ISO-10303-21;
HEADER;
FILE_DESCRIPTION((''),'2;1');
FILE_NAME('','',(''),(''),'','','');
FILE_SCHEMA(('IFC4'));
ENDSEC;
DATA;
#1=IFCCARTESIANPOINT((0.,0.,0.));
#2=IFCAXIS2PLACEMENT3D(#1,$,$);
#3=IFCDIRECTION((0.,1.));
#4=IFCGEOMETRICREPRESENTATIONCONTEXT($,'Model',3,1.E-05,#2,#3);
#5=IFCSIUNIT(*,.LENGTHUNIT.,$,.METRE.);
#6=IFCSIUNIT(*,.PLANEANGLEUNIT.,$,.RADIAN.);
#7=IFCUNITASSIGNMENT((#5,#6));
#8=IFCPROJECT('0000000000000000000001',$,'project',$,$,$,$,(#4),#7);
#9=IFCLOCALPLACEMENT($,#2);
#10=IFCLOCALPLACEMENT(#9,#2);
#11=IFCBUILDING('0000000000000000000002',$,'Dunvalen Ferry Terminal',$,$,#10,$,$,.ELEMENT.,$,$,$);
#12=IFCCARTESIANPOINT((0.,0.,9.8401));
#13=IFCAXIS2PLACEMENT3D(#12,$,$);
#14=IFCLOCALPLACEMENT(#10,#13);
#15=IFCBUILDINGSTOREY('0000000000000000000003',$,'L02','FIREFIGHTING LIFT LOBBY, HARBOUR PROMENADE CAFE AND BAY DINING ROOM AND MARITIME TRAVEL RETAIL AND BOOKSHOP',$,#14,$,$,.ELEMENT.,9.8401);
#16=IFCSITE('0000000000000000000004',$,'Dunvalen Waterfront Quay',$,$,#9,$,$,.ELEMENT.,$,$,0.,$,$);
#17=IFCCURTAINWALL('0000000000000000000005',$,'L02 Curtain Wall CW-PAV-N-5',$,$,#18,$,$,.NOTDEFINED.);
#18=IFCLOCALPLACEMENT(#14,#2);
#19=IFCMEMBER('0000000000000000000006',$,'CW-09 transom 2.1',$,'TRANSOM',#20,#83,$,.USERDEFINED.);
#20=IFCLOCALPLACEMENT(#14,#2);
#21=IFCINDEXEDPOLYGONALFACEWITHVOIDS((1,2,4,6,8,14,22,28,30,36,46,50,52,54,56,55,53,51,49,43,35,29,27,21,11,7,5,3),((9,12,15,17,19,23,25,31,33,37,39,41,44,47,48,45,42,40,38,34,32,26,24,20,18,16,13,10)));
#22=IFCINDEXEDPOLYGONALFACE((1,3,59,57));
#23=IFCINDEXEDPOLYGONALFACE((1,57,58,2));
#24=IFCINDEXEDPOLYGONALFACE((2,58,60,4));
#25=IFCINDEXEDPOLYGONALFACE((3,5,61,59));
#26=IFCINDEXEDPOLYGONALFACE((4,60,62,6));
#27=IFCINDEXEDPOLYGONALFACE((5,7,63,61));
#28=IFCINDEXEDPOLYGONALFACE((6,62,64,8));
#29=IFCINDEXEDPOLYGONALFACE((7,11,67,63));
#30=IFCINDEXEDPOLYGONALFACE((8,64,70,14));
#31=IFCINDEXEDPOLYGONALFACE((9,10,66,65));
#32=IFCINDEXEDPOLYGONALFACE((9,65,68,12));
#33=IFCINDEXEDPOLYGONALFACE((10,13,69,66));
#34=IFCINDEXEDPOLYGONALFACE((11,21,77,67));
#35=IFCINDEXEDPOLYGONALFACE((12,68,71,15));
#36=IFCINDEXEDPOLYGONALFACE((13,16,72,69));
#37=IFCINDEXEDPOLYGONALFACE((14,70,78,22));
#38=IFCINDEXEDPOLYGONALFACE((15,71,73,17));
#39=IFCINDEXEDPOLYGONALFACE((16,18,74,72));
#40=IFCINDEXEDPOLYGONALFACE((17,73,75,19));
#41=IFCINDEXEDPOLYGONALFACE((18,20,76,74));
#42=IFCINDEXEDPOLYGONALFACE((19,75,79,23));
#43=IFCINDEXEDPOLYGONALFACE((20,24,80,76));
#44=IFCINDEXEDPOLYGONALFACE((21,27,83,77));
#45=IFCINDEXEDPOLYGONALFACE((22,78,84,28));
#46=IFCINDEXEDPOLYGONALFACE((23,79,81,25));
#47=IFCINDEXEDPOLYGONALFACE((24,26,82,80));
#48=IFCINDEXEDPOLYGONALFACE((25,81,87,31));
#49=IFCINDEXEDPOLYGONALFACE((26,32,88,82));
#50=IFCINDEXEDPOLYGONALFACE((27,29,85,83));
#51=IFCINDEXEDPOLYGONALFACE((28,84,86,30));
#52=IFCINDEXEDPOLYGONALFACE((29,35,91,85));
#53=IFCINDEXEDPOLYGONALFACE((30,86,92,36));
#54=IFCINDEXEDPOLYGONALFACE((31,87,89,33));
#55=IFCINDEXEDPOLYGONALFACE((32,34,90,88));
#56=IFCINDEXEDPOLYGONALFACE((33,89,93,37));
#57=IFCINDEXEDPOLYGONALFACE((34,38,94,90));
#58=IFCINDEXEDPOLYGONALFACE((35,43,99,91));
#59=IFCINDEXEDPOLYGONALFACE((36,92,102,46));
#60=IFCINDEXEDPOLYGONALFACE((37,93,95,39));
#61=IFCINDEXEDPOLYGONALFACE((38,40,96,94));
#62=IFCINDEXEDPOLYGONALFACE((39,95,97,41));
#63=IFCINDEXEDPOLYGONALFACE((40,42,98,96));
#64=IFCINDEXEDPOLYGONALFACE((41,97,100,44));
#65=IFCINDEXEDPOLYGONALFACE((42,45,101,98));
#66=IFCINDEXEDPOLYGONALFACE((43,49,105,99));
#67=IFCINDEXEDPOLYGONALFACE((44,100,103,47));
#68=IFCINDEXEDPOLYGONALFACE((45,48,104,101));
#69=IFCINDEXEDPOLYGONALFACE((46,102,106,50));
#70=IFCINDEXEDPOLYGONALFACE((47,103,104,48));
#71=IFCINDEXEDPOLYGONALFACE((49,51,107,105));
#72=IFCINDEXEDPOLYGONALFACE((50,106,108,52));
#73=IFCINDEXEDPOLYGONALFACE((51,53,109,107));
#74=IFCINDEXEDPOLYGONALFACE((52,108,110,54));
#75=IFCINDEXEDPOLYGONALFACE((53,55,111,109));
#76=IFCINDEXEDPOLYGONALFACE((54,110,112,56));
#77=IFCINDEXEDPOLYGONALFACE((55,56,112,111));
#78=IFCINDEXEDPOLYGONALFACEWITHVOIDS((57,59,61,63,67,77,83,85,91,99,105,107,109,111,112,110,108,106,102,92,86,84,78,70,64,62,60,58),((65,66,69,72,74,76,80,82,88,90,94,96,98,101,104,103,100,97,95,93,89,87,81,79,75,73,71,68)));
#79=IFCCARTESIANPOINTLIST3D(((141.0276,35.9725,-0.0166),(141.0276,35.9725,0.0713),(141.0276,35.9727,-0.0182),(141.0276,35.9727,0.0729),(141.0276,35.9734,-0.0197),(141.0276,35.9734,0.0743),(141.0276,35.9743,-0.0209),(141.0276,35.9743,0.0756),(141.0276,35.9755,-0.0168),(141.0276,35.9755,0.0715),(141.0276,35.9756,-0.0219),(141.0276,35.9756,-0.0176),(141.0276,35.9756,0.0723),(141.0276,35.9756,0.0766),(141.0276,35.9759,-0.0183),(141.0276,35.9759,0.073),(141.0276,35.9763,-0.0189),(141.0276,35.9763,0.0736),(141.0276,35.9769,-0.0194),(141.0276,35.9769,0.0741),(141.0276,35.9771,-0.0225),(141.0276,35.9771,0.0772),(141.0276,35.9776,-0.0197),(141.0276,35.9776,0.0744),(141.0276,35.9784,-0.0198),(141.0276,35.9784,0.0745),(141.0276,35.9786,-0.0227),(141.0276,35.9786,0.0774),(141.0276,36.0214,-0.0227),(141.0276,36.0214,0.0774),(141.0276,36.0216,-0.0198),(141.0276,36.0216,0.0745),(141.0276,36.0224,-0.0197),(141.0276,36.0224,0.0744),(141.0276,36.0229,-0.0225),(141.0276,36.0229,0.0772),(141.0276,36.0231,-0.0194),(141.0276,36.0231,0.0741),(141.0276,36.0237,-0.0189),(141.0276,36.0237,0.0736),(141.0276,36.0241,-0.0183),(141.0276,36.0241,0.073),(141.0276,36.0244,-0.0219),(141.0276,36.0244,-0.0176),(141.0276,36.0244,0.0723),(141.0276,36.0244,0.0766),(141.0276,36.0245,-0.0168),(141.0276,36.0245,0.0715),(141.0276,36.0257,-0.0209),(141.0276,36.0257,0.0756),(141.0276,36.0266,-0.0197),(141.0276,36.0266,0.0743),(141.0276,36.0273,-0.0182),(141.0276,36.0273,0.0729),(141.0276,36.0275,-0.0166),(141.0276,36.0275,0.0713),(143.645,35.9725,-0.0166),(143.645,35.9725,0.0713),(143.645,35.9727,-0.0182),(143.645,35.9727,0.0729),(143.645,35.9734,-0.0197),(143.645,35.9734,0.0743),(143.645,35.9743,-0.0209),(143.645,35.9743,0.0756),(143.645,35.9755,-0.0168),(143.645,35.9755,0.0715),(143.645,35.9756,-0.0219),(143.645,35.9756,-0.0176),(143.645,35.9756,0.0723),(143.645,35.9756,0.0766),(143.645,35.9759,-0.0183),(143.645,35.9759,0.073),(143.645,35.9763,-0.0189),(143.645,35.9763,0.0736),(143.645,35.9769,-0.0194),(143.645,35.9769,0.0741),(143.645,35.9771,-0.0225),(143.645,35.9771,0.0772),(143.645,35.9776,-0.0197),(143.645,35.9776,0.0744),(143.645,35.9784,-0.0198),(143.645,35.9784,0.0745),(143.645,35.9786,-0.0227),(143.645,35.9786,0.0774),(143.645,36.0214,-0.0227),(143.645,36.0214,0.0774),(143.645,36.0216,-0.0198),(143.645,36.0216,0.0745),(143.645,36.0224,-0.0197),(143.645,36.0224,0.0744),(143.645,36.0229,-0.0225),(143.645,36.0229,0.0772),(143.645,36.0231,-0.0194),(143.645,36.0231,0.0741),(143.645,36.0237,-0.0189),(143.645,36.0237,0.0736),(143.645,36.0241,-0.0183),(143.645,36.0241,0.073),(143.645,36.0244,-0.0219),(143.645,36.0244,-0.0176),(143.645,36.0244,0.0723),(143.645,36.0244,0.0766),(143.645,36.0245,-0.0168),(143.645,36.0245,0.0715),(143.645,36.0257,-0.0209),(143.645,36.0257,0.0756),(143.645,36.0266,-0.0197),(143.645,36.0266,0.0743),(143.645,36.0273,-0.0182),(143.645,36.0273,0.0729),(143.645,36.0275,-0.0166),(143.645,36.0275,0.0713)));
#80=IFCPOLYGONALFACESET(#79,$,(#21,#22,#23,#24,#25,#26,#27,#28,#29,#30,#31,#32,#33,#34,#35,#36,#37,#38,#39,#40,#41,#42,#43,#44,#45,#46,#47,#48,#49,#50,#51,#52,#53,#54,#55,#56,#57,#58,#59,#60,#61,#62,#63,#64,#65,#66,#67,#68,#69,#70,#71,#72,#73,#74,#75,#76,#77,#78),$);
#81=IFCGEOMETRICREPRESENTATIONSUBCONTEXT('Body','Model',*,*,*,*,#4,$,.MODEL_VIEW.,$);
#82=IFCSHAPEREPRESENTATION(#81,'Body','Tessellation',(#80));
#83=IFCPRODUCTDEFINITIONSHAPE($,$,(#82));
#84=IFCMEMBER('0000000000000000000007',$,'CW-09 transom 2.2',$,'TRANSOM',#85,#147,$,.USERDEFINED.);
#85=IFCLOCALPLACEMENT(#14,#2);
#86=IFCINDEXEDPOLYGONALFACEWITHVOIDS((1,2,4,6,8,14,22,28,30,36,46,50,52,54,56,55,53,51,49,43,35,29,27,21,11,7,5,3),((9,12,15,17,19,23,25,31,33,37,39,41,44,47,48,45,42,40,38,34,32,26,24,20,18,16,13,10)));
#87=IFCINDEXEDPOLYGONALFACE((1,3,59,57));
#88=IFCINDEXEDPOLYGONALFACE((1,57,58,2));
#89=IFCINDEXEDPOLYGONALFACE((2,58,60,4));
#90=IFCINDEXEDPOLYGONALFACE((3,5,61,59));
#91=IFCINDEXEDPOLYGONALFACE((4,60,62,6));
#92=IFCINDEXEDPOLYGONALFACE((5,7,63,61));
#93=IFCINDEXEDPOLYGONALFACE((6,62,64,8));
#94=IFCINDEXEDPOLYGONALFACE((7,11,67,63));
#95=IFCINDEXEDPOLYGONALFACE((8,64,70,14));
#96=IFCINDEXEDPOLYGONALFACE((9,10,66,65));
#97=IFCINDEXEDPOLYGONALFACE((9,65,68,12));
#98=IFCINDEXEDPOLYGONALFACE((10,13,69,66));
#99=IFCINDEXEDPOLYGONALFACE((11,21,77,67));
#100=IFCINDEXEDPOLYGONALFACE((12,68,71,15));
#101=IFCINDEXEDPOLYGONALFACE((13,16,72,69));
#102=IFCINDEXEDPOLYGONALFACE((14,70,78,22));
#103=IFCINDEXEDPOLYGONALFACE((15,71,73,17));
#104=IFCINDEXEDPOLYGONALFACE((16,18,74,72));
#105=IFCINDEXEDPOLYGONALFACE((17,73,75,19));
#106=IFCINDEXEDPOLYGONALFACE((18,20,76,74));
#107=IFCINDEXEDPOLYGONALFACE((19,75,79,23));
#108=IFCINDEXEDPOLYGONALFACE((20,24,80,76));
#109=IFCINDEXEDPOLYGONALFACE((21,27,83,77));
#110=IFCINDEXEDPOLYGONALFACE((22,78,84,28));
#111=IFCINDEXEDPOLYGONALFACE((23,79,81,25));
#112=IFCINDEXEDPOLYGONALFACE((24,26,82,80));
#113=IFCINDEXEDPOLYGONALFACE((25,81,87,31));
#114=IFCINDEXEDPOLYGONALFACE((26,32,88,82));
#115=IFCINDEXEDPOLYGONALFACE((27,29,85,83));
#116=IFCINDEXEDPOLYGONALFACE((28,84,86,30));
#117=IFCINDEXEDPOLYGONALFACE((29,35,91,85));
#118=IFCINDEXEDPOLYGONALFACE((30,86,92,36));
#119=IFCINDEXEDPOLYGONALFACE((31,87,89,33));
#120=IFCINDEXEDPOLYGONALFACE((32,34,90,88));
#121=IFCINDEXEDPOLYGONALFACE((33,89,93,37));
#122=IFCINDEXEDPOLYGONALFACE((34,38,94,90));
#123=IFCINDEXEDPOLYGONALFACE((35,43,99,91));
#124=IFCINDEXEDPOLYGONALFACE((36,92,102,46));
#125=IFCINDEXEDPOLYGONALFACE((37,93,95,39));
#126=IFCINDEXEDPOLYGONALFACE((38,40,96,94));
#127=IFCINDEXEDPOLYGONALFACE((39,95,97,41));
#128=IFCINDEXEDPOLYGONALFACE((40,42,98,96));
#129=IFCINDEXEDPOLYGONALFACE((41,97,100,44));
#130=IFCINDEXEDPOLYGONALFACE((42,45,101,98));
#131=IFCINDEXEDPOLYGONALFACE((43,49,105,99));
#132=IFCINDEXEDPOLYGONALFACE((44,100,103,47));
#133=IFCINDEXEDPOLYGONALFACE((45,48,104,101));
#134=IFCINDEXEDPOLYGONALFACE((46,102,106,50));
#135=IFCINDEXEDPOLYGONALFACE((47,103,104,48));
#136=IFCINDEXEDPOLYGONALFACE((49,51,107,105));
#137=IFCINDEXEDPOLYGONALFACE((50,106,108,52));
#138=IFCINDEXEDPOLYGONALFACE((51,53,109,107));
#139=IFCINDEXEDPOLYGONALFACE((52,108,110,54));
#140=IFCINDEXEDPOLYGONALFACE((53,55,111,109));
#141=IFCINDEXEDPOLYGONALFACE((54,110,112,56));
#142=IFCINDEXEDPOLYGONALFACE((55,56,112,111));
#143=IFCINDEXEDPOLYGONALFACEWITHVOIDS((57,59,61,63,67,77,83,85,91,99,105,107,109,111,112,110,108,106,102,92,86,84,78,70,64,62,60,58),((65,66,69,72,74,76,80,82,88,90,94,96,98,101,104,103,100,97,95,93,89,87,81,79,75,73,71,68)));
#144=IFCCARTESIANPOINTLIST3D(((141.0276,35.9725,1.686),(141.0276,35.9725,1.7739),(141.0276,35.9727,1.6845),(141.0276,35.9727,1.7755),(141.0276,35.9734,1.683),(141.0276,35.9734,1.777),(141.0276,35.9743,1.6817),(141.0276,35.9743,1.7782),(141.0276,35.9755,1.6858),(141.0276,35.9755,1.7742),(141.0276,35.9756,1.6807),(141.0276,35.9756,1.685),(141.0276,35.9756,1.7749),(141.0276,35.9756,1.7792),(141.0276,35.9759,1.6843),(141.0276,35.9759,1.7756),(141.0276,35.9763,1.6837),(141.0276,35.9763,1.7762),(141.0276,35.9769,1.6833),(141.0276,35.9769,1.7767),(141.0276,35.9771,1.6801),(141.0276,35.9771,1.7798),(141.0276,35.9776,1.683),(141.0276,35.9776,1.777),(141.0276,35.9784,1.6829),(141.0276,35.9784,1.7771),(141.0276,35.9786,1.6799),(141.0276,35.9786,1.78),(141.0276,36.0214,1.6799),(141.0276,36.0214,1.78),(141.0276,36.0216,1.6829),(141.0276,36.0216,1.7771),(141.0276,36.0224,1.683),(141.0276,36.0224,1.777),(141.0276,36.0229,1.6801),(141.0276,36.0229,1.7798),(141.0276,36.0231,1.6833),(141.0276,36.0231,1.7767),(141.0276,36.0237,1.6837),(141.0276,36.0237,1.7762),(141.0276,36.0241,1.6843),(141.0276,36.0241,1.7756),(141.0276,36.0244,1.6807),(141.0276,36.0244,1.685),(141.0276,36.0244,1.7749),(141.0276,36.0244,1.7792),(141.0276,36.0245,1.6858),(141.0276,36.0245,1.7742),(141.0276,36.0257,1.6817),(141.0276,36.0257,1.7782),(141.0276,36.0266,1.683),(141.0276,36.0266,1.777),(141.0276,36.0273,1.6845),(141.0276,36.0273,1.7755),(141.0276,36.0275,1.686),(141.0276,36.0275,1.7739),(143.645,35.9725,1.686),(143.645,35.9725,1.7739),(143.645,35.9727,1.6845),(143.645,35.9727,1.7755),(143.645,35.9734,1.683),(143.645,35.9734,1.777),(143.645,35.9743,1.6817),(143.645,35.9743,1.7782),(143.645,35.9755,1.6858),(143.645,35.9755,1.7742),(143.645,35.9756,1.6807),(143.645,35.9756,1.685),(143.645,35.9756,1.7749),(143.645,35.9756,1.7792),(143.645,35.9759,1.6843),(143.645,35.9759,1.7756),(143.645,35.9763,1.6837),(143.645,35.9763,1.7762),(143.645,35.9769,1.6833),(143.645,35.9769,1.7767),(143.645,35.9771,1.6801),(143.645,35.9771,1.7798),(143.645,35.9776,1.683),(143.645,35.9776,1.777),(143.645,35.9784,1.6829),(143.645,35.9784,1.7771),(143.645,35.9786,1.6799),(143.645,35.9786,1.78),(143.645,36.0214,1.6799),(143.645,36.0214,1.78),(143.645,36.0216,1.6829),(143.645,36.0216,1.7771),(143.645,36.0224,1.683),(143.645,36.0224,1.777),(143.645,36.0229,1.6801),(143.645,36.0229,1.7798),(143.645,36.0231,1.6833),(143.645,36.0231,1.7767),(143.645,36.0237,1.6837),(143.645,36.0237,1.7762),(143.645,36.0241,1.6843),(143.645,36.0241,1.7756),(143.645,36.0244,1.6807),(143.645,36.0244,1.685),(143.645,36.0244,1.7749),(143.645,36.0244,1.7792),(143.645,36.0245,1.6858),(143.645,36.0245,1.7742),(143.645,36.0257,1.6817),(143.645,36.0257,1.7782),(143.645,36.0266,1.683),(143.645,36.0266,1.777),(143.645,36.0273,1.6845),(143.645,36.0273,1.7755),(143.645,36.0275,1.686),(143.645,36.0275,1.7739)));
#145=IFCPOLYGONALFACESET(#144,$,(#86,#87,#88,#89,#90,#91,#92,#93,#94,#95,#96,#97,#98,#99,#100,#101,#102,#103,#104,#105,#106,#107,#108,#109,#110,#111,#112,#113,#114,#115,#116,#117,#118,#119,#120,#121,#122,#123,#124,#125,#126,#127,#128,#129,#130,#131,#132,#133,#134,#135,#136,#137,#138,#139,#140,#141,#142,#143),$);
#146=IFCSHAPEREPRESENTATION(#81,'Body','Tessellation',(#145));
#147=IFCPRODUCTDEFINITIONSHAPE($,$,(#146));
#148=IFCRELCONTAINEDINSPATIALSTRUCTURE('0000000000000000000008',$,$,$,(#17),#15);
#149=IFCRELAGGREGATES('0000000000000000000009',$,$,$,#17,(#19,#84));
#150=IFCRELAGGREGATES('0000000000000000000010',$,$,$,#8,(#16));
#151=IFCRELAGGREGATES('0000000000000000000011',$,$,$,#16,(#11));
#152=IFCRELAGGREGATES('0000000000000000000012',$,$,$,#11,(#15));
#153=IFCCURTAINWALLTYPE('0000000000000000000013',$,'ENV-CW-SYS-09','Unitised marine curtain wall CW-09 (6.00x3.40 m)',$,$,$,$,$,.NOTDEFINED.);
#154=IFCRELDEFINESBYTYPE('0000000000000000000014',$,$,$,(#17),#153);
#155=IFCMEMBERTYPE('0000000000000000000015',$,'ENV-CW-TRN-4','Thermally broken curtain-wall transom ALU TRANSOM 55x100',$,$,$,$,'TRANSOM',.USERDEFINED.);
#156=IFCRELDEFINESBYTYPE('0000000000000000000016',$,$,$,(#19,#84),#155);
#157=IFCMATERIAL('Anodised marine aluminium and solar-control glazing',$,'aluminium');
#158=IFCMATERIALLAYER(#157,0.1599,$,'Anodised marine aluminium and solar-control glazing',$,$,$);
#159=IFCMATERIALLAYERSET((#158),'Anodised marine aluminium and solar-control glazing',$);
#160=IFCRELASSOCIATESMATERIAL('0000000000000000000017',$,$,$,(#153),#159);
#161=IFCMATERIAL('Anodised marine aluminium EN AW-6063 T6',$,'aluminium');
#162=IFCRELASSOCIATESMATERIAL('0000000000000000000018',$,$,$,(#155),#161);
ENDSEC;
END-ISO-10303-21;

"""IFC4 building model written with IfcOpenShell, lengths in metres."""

from ifc_helpers import new_model, si_unit, direction, frame, origin, origin_2d, place, context, subcontext, project, spatial, hollow_rectangle, extrude, material, layer, layer_set, material_profile, profile_set, type_object, element, aggregate, save


model = new_model("IFC4")

# Units and contexts
model_context = context("Model", 3, precision=1e-05, world=origin(), true_north=direction((0.0, 1.0)))
body_context = subcontext(model_context, "Body", "Model", "MODEL_VIEW")
ifc_project = project(units=[si_unit("LENGTHUNIT", "METRE"), si_unit("PLANEANGLEUNIT", "RADIAN")], contexts=[model_context])

# Site, building, storey
site_placement = place(None, origin())
site = spatial("IfcSite", under=ifc_project, at=site_placement, Name="Dunvalen Waterfront Quay", CompositionType="ELEMENT", RefElevation=0.0)
building_placement = place(site_placement, origin())
building = spatial("IfcBuilding", under=site, at=building_placement, Name="Dunvalen Ferry Terminal", CompositionType="ELEMENT")
storey_placement = place(building_placement, frame((0.0, 0.0, 9.8401)))
storey = spatial("IfcBuildingStorey", under=building, at=storey_placement, Name="L02", Description="FIREFIGHTING LIFT LOBBY, HARBOUR PROMENADE CAFE AND BAY DINING ROOM AND MARITIME TRAVEL RETAIL AND BOOKSHOP", CompositionType="ELEMENT", Elevation=9.8401)

# Curtain wall, members
ifc_material_1 = material(Name="Anodised marine aluminium and solar-control glazing", Category="aluminium")
ifc_layer_1 = layer(ifc_material_1, 0.1599, Name="Anodised marine aluminium and solar-control glazing")
ifc_layer_set_1 = layer_set([ifc_layer_1], Name="Anodised marine aluminium and solar-control glazing")
curtain_wall_type = type_object("IfcCurtainWallType", Name="ENV-CW-SYS-09", Description="Unitised marine curtain wall CW-09 (6.00x3.40 m)", PredefinedType="NOTDEFINED", material=ifc_layer_set_1)
curtain_wall_placement = place(storey_placement, origin())
curtain_wall = element("IfcCurtainWall", 1, at=curtain_wall_placement, inside=storey, type_object=curtain_wall_type, Name="L02 Curtain Wall CW-PAV-N-5", PredefinedType="NOTDEFINED")
ifc_material_2 = material(Name="Anodised marine aluminium EN AW-6063 T6", Category="aluminium")
ifc_material_profile_1 = material_profile(ifc_material_2, hollow_rectangle(XDim=0.0549, YDim=0.1001, WallThickness=0.0029, InnerFilletRadius=0.0029, OuterFilletRadius=0.0061, at=origin_2d()), Name="Anodised marine aluminium EN AW-6063 T6")
ifc_profile_set_1 = profile_set([ifc_material_profile_1], Name="Anodised marine aluminium EN AW-6063 T6")
member_type_1 = type_object("IfcMemberType", Name="ENV-CW-TRN-4", Description="Thermally broken curtain-wall transom ALU TRANSOM 55x100", ElementType="TRANSOM", PredefinedType="USERDEFINED", material=ifc_profile_set_1)
member_1_placement = place(storey_placement, frame((141.0276, 36.0, 0.0273), z_axis=(1.0, 0.0, 0.0), x_axis=(0.0, 1.0, 0.0)))
member_1 = element("IfcMember", 2, at=member_1_placement, type_object=member_type_1, Name="CW-09 transom 2.1", ObjectType="TRANSOM", PredefinedType="USERDEFINED", context=body_context, shape_type="SweptSolid", body=[
    extrude(hollow_rectangle(XDim=0.0549, YDim=0.1001, WallThickness=0.0029, InnerFilletRadius=0.0029, OuterFilletRadius=0.0061, at=origin_2d()), origin(), (0.0, 0.0, 1.0), 2.6174),
])
member_2_placement = place(storey_placement, frame((141.0276, 36.0, 1.73), z_axis=(1.0, 0.0, 0.0), x_axis=(0.0, 1.0, 0.0)))
member_2 = element("IfcMember", 3, at=member_2_placement, type_object=member_type_1, Name="CW-09 transom 2.2", ObjectType="TRANSOM", PredefinedType="USERDEFINED", context=body_context, shape_type="SweptSolid", body=[
    extrude(hollow_rectangle(XDim=0.0549, YDim=0.1001, WallThickness=0.0029, InnerFilletRadius=0.0029, OuterFilletRadius=0.0061, at=origin_2d()), origin(), (0.0, 0.0, 1.0), 2.6174),
])

aggregate(curtain_wall, [member_1, member_2])

save(model, "model.ifc")
